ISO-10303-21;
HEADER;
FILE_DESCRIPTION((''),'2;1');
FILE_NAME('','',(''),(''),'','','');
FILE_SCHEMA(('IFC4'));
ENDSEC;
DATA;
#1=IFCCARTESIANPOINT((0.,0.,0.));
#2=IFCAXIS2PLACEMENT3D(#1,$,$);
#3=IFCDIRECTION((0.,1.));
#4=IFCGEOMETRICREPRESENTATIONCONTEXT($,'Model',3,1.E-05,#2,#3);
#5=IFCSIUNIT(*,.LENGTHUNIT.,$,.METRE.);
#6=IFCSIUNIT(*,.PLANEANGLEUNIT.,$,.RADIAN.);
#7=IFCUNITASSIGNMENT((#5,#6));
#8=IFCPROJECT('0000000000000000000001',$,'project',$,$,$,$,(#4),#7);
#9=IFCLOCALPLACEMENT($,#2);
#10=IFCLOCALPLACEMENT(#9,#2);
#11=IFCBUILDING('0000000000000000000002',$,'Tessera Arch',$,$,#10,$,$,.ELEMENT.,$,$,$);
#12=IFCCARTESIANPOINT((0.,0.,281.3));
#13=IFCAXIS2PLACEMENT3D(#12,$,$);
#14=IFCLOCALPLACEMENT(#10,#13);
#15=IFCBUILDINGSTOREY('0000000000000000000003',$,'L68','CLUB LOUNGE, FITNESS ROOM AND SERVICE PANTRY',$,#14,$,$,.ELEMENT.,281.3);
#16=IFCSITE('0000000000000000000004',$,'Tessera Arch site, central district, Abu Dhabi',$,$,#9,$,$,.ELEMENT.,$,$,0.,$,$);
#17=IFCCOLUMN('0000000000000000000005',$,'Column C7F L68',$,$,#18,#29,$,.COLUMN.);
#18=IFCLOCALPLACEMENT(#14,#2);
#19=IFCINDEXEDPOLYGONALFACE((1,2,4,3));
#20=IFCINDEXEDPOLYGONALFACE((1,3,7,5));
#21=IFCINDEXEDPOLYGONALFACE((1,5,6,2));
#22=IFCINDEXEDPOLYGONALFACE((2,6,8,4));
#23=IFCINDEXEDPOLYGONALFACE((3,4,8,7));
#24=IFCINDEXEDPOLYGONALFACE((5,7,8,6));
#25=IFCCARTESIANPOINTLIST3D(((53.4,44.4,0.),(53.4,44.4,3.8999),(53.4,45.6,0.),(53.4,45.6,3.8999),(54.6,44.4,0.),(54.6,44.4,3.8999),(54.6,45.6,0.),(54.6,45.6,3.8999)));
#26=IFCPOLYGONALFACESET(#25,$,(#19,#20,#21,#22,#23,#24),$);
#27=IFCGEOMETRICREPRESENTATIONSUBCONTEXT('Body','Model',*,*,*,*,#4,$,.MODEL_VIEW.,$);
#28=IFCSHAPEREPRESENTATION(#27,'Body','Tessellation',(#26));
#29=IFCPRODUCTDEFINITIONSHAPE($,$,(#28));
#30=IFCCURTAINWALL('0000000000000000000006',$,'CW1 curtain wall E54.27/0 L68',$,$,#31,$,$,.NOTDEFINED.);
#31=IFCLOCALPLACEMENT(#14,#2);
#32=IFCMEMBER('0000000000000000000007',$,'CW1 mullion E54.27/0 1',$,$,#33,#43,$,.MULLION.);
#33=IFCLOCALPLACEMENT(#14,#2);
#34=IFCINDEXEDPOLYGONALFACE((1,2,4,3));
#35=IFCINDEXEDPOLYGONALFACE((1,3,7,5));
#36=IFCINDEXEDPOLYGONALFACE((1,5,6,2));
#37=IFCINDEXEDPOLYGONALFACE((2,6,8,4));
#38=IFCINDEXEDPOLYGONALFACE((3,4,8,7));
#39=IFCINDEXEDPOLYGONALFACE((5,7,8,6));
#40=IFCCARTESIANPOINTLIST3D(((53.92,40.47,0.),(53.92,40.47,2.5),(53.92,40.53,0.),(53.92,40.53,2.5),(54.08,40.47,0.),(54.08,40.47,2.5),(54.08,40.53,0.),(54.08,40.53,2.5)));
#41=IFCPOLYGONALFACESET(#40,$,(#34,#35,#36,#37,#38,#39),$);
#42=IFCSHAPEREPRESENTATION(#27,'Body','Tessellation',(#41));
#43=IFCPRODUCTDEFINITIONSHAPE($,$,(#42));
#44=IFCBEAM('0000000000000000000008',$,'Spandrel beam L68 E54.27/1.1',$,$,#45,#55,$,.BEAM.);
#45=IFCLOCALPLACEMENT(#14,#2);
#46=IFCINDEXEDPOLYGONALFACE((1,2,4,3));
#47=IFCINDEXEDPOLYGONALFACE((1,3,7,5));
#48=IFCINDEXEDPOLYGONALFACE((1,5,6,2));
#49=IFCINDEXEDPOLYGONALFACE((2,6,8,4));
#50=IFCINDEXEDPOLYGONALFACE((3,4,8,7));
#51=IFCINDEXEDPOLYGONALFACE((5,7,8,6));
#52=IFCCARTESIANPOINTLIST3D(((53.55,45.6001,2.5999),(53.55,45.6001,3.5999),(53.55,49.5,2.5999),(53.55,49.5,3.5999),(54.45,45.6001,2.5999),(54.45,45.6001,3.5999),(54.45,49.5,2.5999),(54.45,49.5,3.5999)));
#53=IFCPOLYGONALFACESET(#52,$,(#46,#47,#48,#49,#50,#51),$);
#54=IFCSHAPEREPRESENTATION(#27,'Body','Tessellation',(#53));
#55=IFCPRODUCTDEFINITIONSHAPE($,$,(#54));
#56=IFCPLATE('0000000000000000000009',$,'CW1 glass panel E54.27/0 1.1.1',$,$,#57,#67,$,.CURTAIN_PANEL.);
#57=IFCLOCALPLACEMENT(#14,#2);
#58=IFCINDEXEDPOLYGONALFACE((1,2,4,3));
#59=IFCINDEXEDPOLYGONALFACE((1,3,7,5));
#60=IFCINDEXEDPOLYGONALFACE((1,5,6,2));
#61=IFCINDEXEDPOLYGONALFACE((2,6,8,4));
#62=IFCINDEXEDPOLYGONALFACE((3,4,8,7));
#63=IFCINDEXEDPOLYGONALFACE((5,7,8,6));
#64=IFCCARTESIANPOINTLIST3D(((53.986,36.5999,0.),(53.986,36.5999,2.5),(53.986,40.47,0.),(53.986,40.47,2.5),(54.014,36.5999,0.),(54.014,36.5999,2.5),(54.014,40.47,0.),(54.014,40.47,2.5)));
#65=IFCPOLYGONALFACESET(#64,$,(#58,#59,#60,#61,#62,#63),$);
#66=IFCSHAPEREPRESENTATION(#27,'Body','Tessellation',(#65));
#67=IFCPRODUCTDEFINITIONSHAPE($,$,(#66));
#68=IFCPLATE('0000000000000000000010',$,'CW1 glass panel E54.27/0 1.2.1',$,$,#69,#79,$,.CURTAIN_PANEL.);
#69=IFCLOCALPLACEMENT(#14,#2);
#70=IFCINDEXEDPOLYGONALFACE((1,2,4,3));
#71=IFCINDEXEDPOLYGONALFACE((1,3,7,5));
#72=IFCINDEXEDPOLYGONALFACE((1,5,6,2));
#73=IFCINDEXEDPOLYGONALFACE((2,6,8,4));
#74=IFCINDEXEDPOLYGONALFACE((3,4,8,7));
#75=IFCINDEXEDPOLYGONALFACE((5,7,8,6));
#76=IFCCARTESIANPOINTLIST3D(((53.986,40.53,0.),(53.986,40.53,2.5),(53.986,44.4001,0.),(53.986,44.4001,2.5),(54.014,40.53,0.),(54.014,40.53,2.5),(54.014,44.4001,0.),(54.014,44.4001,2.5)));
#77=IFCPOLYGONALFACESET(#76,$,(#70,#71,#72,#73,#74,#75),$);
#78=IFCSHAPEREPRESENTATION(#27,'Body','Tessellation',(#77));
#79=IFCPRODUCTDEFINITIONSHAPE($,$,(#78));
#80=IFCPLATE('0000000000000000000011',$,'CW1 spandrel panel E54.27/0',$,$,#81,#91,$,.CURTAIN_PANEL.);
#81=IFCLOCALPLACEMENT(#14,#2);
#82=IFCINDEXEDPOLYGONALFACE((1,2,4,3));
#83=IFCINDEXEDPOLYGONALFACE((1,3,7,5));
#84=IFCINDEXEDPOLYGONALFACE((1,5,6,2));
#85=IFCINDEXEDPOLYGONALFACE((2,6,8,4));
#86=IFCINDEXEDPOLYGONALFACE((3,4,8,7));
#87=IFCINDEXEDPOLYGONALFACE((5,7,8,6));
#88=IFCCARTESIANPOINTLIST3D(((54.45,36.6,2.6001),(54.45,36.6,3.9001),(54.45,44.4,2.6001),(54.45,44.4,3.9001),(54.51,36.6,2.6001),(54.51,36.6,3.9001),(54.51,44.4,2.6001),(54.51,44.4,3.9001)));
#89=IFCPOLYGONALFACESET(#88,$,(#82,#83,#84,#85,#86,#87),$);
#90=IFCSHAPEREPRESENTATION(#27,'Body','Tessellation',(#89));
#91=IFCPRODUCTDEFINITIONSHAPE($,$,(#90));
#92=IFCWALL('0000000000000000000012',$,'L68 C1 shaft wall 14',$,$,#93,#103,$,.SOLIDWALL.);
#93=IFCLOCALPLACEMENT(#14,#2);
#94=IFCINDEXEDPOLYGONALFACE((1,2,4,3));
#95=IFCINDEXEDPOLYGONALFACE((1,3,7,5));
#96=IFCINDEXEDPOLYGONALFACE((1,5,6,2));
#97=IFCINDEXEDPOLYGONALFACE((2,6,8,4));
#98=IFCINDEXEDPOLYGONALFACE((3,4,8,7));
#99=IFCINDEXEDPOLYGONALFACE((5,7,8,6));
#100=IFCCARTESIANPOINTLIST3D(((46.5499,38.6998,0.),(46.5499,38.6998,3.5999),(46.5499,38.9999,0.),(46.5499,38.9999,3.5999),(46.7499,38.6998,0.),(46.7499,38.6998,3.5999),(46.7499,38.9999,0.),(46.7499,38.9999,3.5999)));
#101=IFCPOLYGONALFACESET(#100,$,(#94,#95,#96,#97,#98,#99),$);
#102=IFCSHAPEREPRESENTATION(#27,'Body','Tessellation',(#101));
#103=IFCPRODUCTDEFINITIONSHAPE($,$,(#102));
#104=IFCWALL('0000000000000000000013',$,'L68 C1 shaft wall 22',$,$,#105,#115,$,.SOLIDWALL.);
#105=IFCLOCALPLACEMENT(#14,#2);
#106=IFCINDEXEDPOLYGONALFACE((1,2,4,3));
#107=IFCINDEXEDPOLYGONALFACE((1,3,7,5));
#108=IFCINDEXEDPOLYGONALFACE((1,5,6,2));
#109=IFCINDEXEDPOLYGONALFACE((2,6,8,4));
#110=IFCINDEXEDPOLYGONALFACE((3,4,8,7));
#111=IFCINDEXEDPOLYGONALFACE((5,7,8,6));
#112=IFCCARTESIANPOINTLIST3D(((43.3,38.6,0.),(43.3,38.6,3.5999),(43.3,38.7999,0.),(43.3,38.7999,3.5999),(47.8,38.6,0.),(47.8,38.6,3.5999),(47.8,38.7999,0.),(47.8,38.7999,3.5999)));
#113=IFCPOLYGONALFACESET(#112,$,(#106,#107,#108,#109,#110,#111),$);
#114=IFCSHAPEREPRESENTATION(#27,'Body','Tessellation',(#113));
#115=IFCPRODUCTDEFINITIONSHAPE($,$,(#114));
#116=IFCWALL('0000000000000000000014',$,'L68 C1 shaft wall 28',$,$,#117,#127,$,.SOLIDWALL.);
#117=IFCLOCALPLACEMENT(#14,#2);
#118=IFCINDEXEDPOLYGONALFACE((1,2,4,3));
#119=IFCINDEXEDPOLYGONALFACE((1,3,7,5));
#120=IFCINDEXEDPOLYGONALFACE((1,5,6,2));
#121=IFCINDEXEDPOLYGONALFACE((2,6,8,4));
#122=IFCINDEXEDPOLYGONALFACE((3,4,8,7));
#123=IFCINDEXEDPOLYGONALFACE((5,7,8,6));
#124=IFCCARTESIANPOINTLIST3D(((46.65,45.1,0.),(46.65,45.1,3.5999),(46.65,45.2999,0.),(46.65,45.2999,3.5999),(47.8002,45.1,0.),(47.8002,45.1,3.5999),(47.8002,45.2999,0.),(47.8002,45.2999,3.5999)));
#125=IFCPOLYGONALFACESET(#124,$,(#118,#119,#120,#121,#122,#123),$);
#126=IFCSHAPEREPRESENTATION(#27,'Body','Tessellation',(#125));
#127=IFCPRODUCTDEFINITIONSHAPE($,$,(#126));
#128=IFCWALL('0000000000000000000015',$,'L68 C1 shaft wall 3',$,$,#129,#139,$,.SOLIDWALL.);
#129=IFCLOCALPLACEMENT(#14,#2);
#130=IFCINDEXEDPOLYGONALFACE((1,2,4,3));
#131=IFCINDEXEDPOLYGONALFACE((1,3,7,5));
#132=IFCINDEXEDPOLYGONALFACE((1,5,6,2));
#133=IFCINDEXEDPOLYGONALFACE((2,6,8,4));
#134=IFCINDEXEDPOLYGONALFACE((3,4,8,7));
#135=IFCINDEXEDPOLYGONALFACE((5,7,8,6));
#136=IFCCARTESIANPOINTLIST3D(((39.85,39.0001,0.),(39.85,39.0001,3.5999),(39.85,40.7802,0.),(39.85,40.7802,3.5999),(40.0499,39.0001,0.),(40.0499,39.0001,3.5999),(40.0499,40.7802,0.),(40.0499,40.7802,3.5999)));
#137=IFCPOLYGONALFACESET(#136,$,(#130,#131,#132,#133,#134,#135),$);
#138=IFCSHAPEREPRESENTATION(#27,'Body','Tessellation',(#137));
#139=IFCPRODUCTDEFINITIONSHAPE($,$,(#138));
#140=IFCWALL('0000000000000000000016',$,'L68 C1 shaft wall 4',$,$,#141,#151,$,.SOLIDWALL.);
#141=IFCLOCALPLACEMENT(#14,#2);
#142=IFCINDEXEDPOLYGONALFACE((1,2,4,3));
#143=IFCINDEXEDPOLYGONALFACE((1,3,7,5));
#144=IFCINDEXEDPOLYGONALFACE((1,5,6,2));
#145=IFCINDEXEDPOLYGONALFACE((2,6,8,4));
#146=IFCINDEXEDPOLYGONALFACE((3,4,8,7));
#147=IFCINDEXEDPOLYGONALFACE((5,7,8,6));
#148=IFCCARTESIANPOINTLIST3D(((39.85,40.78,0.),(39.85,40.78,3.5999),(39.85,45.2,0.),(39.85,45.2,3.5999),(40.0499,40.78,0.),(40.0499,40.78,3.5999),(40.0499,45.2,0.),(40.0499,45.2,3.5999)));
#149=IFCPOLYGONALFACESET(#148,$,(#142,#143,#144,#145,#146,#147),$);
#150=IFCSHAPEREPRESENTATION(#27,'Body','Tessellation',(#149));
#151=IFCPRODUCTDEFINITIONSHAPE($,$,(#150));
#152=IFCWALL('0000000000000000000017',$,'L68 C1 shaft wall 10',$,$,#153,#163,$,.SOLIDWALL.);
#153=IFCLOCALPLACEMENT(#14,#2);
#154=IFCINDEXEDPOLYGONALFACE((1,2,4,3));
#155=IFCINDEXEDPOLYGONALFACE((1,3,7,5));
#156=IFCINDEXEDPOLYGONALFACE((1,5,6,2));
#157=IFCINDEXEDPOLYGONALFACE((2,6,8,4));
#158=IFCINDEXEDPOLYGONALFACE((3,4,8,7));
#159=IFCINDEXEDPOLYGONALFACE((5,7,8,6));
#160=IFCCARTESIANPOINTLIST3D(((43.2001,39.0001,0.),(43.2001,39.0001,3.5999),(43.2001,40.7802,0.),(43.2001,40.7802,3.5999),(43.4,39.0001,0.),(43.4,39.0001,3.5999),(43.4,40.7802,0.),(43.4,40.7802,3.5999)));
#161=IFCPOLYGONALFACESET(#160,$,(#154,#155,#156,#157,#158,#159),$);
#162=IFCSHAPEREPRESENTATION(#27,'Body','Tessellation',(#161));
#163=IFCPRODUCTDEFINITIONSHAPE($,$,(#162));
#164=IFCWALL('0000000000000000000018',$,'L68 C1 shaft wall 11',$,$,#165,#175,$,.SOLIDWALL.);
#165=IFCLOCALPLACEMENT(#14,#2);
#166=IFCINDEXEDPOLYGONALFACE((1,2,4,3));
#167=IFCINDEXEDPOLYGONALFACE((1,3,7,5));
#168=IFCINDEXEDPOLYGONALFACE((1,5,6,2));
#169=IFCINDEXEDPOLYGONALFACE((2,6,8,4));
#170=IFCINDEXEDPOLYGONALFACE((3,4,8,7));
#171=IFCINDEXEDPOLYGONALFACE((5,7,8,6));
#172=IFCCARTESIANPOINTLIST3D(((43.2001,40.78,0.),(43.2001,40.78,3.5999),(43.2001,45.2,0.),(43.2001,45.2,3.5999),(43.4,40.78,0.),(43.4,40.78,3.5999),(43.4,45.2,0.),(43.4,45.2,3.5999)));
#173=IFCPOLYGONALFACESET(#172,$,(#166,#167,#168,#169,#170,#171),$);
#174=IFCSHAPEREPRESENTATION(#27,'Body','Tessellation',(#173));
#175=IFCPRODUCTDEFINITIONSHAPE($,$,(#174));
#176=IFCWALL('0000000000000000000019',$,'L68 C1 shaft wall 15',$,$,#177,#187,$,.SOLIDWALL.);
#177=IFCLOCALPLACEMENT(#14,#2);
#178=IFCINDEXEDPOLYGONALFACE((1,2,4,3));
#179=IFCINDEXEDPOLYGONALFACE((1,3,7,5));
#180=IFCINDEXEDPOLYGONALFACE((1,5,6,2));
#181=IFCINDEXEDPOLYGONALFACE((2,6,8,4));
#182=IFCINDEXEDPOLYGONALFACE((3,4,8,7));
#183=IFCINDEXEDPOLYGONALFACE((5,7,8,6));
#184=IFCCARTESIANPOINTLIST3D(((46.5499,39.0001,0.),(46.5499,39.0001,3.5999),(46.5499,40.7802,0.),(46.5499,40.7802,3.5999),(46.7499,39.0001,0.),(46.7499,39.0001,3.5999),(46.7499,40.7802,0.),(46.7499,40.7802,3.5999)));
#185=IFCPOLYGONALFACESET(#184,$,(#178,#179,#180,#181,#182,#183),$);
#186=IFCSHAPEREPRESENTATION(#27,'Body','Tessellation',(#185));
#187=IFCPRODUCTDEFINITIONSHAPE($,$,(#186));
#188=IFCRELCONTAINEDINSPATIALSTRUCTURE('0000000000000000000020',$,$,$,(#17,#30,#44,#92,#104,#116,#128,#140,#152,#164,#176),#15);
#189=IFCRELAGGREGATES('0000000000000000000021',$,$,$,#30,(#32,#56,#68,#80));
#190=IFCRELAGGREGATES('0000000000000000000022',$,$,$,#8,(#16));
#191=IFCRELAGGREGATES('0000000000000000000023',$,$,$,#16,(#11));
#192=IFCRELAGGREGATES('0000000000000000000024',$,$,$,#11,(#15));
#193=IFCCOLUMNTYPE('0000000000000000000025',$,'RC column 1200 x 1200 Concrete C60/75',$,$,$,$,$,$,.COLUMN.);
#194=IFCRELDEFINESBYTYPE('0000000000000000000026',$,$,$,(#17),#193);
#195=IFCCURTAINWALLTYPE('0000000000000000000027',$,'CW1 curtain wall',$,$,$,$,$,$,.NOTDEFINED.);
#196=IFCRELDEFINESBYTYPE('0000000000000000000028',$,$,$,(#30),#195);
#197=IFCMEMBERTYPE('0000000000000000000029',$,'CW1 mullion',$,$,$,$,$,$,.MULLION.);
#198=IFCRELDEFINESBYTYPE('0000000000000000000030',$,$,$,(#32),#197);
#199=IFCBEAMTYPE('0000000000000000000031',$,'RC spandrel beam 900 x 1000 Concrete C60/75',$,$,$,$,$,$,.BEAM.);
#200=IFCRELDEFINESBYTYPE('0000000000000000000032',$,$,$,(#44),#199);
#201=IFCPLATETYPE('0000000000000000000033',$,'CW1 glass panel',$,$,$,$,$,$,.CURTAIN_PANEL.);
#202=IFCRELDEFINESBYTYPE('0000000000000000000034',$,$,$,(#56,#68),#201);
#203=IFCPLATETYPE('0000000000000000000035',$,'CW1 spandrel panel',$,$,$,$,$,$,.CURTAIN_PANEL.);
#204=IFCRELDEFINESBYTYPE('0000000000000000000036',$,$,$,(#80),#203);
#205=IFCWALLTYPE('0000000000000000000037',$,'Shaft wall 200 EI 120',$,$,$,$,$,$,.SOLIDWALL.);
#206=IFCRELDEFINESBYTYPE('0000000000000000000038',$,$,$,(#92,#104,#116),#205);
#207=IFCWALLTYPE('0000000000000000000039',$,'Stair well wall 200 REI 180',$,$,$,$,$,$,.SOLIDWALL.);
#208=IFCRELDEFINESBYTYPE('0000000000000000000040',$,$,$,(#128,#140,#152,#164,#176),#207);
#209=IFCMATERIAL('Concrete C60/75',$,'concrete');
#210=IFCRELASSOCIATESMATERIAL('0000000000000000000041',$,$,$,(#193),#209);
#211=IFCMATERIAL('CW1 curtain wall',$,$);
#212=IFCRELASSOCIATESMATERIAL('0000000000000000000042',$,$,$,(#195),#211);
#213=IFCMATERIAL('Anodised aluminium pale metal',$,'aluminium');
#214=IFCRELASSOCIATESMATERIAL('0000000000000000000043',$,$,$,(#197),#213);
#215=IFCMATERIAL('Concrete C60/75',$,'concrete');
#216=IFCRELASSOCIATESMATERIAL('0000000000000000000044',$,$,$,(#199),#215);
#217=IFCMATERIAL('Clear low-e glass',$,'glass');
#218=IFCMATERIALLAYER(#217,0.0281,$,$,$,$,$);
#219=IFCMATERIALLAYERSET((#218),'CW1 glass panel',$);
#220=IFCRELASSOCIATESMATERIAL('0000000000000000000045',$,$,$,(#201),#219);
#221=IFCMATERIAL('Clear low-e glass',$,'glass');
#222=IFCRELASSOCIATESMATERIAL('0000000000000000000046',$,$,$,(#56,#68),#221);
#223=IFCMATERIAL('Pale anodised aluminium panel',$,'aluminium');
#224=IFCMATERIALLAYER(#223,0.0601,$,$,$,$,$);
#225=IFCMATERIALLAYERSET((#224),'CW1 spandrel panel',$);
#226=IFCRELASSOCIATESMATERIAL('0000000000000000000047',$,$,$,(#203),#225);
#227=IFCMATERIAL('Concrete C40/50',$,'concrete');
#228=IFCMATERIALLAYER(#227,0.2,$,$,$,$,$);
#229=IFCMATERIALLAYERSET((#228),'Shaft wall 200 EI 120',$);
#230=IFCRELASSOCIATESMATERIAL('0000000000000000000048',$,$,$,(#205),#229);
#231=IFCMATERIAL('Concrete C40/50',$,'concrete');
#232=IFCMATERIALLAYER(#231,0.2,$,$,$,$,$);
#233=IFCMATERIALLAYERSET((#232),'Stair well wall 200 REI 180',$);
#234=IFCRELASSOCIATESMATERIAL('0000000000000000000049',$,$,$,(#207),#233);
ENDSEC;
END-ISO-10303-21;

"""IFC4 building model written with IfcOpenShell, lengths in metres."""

from ifc_helpers import new_model, si_unit, direction, frame, frame_2d, origin, origin_2d, place, context, subcontext, project, spatial, rectangle, extrude, material, layer, layer_set, material_profile, profile_set, type_object, element, aggregate, save


model = new_model("IFC4")

# Units and contexts
model_context = context("Model", 3, precision=1e-05, world=origin(), true_north=direction((0.0, 1.0)))
body_context = subcontext(model_context, "Body", "Model", "MODEL_VIEW")
ifc_project = project(units=[si_unit("LENGTHUNIT", "METRE"), si_unit("PLANEANGLEUNIT", "RADIAN")], contexts=[model_context])

# Site, building, storey
site_placement = place(None, origin())
site = spatial("IfcSite", under=ifc_project, at=site_placement, Name="Tessera Arch site, central district, Abu Dhabi", CompositionType="ELEMENT", RefElevation=0.0)
building_placement = place(site_placement, origin())
building = spatial("IfcBuilding", under=site, at=building_placement, Name="Tessera Arch", CompositionType="ELEMENT")
storey_placement = place(building_placement, frame((0.0, 0.0, 281.3)))
storey = spatial("IfcBuildingStorey", under=building, at=storey_placement, Name="L68", Description="CLUB LOUNGE, FITNESS ROOM AND SERVICE PANTRY", CompositionType="ELEMENT", Elevation=281.3)

# Column
ifc_material_1 = material(Name="Concrete C60/75", Category="concrete")
ifc_material_profile_1 = material_profile(ifc_material_1, rectangle(XDim=1.2, YDim=1.2, at=origin_2d()), Name="RC column 1200 x 1200 Concrete C60/75")
ifc_profile_set_1 = profile_set([ifc_material_profile_1], Name="Concrete C60/75")
column_type = type_object("IfcColumnType", Name="RC column 1200 x 1200 Concrete C60/75", PredefinedType="COLUMN", material=ifc_profile_set_1)
column_placement = place(storey_placement, frame((54.0, 45.0, 0.0), z_axis=(0.0, 0.0, 1.0), x_axis=(1.0, 0.0, 0.0)))
element("IfcColumn", 1, at=column_placement, inside=storey, type_object=column_type, Name="Column C7F L68", PredefinedType="COLUMN", context=body_context, shape_type="SweptSolid", body=[
    extrude(rectangle(XDim=1.2, YDim=1.2, at=origin_2d()), origin(), (0.0, 0.0, 1.0), 3.8999),
])

# Curtain wall, member
ifc_material_2 = material(Name="CW1 curtain wall")
curtain_wall_type = type_object("IfcCurtainWallType", Name="CW1 curtain wall", PredefinedType="NOTDEFINED", material=ifc_material_2)
curtain_wall_placement = place(storey_placement, origin())
curtain_wall = element("IfcCurtainWall", 2, at=curtain_wall_placement, inside=storey, type_object=curtain_wall_type, Name="CW1 curtain wall E54.27/0 L68", PredefinedType="NOTDEFINED")
ifc_material_3 = material(Name="Anodised aluminium pale metal", Category="aluminium")
ifc_material_profile_2 = material_profile(ifc_material_3, rectangle(XDim=0.1599, YDim=0.0601, at=origin_2d()), Name="AL 60x160")
ifc_profile_set_2 = profile_set([ifc_material_profile_2], Name="Anodised aluminium pale metal")
member_type = type_object("IfcMemberType", Name="CW1 mullion", PredefinedType="MULLION", material=ifc_profile_set_2)
member_placement = place(storey_placement, frame((54.0, 40.5, 0.0), z_axis=(0.0, 0.0, 1.0), x_axis=(-1.0, 0.0, 0.0)))
member = element("IfcMember", 3, at=member_placement, type_object=member_type, Name="CW1 mullion E54.27/0 1", PredefinedType="MULLION", context=body_context, shape_type="SweptSolid", body=[
    extrude(rectangle(XDim=0.1599, YDim=0.0601, at=origin_2d()), origin(), (0.0, 0.0, 1.0), 2.5),
])

# Beam
ifc_material_4 = material(Name="Concrete C60/75", Category="concrete")
ifc_material_profile_3 = material_profile(ifc_material_4, rectangle(XDim=0.8999, YDim=1.0, at=origin_2d()), Name="RC spandrel beam 900 x 1000 Concrete C60/75")
ifc_profile_set_3 = profile_set([ifc_material_profile_3], Name="Concrete C60/75")
beam_type = type_object("IfcBeamType", Name="RC spandrel beam 900 x 1000 Concrete C60/75", PredefinedType="BEAM", material=ifc_profile_set_3)
beam_placement = place(storey_placement, frame((54.0, 45.6001, 3.0999), z_axis=(0.0, 1.0, 0.0), x_axis=(-1.0, 0.0, 0.0)))
element("IfcBeam", 4, at=beam_placement, inside=storey, type_object=beam_type, Name="Spandrel beam L68 E54.27/1.1", PredefinedType="BEAM", context=body_context, shape_type="SweptSolid", body=[
    extrude(rectangle(XDim=0.8999, YDim=1.0, at=origin_2d()), origin(), (0.0, 0.0, 1.0), 3.8999),
])

# Plates
ifc_material_5 = material(Name="Clear low-e glass", Category="glass")
ifc_material_6 = material(Name="Clear low-e glass", Category="glass")
ifc_layer_1 = layer(ifc_material_6, 0.0281)
ifc_layer_set_1 = layer_set([ifc_layer_1], Name="CW1 glass panel")
plate_type_1 = type_object("IfcPlateType", Name="CW1 glass panel", PredefinedType="CURTAIN_PANEL", material=ifc_layer_set_1)
plate_1_placement = place(storey_placement, frame((54.0, 38.5349, 0.0), z_axis=(0.0, 0.0, 1.0), x_axis=(0.0, 1.0, 0.0)))
plate_1 = element("IfcPlate", 5, at=plate_1_placement, type_object=plate_type_1, material=ifc_material_5, Name="CW1 glass panel E54.27/0 1.1.1", PredefinedType="CURTAIN_PANEL", context=body_context, shape_type="SweptSolid", body=[
    extrude(rectangle(XDim=3.8701, YDim=0.0281, at=origin_2d()), origin(), (0.0, 0.0, 1.0), 2.5),
])
plate_2_placement = place(storey_placement, frame((54.0, 42.4651, 0.0), z_axis=(0.0, 0.0, 1.0), x_axis=(0.0, 1.0, 0.0)))
plate_2 = element("IfcPlate", 6, at=plate_2_placement, type_object=plate_type_1, material=ifc_material_5, Name="CW1 glass panel E54.27/0 1.2.1", PredefinedType="CURTAIN_PANEL", context=body_context, shape_type="SweptSolid", body=[
    extrude(rectangle(XDim=3.8701, YDim=0.0281, at=origin_2d()), origin(), (0.0, 0.0, 1.0), 2.5),
])
ifc_material_7 = material(Name="Pale anodised aluminium panel", Category="aluminium")
ifc_layer_2 = layer(ifc_material_7, 0.0601)
ifc_layer_set_2 = layer_set([ifc_layer_2], Name="CW1 spandrel panel")
plate_type_2 = type_object("IfcPlateType", Name="CW1 spandrel panel", PredefinedType="CURTAIN_PANEL", material=ifc_layer_set_2)
plate_3_placement = place(storey_placement, frame((54.48, 40.5, 2.6001), z_axis=(0.0, 0.0, 1.0), x_axis=(0.0, 1.0, 0.0)))
plate_3 = element("IfcPlate", 7, at=plate_3_placement, type_object=plate_type_2, Name="CW1 spandrel panel E54.27/0", PredefinedType="CURTAIN_PANEL", context=body_context, shape_type="SweptSolid", body=[
    extrude(rectangle(XDim=7.8, YDim=0.0601, at=origin_2d()), origin(), (0.0, 0.0, 1.0), 1.3),
])
aggregate(curtain_wall, [member, plate_1, plate_2, plate_3])

# Walls
ifc_material_8 = material(Name="Concrete C40/50", Category="concrete")
ifc_layer_3 = layer(ifc_material_8, 0.2)
ifc_layer_set_3 = layer_set([ifc_layer_3], Name="Shaft wall 200 EI 120")
wall_type_1 = type_object("IfcWallType", Name="Shaft wall 200 EI 120", PredefinedType="SOLIDWALL", material=ifc_layer_set_3)
wall_1_placement = place(storey_placement, frame((46.6499, 38.7, 0.0), z_axis=(0.0, 0.0, 1.0), x_axis=(0.0, 1.0, 0.0)))
element("IfcWall", 8, at=wall_1_placement, inside=storey, type_object=wall_type_1, Name="L68 C1 shaft wall 14", PredefinedType="SOLIDWALL", context=body_context, shape_type="SweptSolid", body=[
    extrude(rectangle(XDim=0.3, YDim=0.2, at=frame_2d((0.1499, 0.0))), origin(), (0.0, 0.0, 1.0), 3.5999),
])
wall_2_placement = place(storey_placement, frame((43.3, 38.7, 0.0), z_axis=(0.0, 0.0, 1.0), x_axis=(1.0, 0.0, 0.0)))
element("IfcWall", 9, at=wall_2_placement, inside=storey, type_object=wall_type_1, Name="L68 C1 shaft wall 22", PredefinedType="SOLIDWALL", context=body_context, shape_type="SweptSolid", body=[
    extrude(rectangle(XDim=4.5, YDim=0.2, at=frame_2d((2.25, 0.0))), origin(), (0.0, 0.0, 1.0), 3.5999),
])
wall_3_placement = place(storey_placement, frame((46.6499, 45.2, 0.0), z_axis=(0.0, 0.0, 1.0), x_axis=(1.0, 0.0, 0.0)))
element("IfcWall", 10, at=wall_3_placement, inside=storey, type_object=wall_type_1, Name="L68 C1 shaft wall 28", PredefinedType="SOLIDWALL", context=body_context, shape_type="SweptSolid", body=[
    extrude(rectangle(XDim=1.1501, YDim=0.2, at=frame_2d((0.5752, 0.0))), origin(), (0.0, 0.0, 1.0), 3.5999),
])
ifc_material_9 = material(Name="Concrete C40/50", Category="concrete")
ifc_layer_4 = layer(ifc_material_9, 0.2)
ifc_layer_set_4 = layer_set([ifc_layer_4], Name="Stair well wall 200 REI 180")
wall_type_2 = type_object("IfcWallType", Name="Stair well wall 200 REI 180", PredefinedType="SOLIDWALL", material=ifc_layer_set_4)
wall_4_placement = place(storey_placement, frame((39.95, 39.0, 0.0), z_axis=(0.0, 0.0, 1.0), x_axis=(0.0, 1.0, 0.0)))
element("IfcWall", 11, at=wall_4_placement, inside=storey, type_object=wall_type_2, Name="L68 C1 shaft wall 3", PredefinedType="SOLIDWALL", context=body_context, shape_type="SweptSolid", body=[
    extrude(rectangle(XDim=1.78, YDim=0.2, at=frame_2d((0.8901, 0.0))), origin(), (0.0, 0.0, 1.0), 3.5999),
])
wall_5_placement = place(storey_placement, frame((39.95, 40.78, 0.0), z_axis=(0.0, 0.0, 1.0), x_axis=(0.0, 1.0, 0.0)))
element("IfcWall", 12, at=wall_5_placement, inside=storey, type_object=wall_type_2, Name="L68 C1 shaft wall 4", PredefinedType="SOLIDWALL", context=body_context, shape_type="SweptSolid", body=[
    extrude(rectangle(XDim=4.4199, YDim=0.2, at=frame_2d((2.21, 0.0))), origin(), (0.0, 0.0, 1.0), 3.5999),
])
wall_6_placement = place(storey_placement, frame((43.3, 39.0, 0.0), z_axis=(0.0, 0.0, 1.0), x_axis=(0.0, 1.0, 0.0)))
element("IfcWall", 13, at=wall_6_placement, inside=storey, type_object=wall_type_2, Name="L68 C1 shaft wall 10", PredefinedType="SOLIDWALL", context=body_context, shape_type="SweptSolid", body=[
    extrude(rectangle(XDim=1.78, YDim=0.2, at=frame_2d((0.8901, 0.0))), origin(), (0.0, 0.0, 1.0), 3.5999),
])
wall_7_placement = place(storey_placement, frame((43.3, 40.78, 0.0), z_axis=(0.0, 0.0, 1.0), x_axis=(0.0, 1.0, 0.0)))
element("IfcWall", 14, at=wall_7_placement, inside=storey, type_object=wall_type_2, Name="L68 C1 shaft wall 11", PredefinedType="SOLIDWALL", context=body_context, shape_type="SweptSolid", body=[
    extrude(rectangle(XDim=4.4199, YDim=0.2, at=frame_2d((2.21, 0.0))), origin(), (0.0, 0.0, 1.0), 3.5999),
])
wall_8_placement = place(storey_placement, frame((46.6499, 39.0, 0.0), z_axis=(0.0, 0.0, 1.0), x_axis=(0.0, 1.0, 0.0)))
element("IfcWall", 15, at=wall_8_placement, inside=storey, type_object=wall_type_2, Name="L68 C1 shaft wall 15", PredefinedType="SOLIDWALL", context=body_context, shape_type="SweptSolid", body=[
    extrude(rectangle(XDim=1.78, YDim=0.2, at=frame_2d((0.8901, 0.0))), origin(), (0.0, 0.0, 1.0), 3.5999),
])

save(model, "model.ifc")
